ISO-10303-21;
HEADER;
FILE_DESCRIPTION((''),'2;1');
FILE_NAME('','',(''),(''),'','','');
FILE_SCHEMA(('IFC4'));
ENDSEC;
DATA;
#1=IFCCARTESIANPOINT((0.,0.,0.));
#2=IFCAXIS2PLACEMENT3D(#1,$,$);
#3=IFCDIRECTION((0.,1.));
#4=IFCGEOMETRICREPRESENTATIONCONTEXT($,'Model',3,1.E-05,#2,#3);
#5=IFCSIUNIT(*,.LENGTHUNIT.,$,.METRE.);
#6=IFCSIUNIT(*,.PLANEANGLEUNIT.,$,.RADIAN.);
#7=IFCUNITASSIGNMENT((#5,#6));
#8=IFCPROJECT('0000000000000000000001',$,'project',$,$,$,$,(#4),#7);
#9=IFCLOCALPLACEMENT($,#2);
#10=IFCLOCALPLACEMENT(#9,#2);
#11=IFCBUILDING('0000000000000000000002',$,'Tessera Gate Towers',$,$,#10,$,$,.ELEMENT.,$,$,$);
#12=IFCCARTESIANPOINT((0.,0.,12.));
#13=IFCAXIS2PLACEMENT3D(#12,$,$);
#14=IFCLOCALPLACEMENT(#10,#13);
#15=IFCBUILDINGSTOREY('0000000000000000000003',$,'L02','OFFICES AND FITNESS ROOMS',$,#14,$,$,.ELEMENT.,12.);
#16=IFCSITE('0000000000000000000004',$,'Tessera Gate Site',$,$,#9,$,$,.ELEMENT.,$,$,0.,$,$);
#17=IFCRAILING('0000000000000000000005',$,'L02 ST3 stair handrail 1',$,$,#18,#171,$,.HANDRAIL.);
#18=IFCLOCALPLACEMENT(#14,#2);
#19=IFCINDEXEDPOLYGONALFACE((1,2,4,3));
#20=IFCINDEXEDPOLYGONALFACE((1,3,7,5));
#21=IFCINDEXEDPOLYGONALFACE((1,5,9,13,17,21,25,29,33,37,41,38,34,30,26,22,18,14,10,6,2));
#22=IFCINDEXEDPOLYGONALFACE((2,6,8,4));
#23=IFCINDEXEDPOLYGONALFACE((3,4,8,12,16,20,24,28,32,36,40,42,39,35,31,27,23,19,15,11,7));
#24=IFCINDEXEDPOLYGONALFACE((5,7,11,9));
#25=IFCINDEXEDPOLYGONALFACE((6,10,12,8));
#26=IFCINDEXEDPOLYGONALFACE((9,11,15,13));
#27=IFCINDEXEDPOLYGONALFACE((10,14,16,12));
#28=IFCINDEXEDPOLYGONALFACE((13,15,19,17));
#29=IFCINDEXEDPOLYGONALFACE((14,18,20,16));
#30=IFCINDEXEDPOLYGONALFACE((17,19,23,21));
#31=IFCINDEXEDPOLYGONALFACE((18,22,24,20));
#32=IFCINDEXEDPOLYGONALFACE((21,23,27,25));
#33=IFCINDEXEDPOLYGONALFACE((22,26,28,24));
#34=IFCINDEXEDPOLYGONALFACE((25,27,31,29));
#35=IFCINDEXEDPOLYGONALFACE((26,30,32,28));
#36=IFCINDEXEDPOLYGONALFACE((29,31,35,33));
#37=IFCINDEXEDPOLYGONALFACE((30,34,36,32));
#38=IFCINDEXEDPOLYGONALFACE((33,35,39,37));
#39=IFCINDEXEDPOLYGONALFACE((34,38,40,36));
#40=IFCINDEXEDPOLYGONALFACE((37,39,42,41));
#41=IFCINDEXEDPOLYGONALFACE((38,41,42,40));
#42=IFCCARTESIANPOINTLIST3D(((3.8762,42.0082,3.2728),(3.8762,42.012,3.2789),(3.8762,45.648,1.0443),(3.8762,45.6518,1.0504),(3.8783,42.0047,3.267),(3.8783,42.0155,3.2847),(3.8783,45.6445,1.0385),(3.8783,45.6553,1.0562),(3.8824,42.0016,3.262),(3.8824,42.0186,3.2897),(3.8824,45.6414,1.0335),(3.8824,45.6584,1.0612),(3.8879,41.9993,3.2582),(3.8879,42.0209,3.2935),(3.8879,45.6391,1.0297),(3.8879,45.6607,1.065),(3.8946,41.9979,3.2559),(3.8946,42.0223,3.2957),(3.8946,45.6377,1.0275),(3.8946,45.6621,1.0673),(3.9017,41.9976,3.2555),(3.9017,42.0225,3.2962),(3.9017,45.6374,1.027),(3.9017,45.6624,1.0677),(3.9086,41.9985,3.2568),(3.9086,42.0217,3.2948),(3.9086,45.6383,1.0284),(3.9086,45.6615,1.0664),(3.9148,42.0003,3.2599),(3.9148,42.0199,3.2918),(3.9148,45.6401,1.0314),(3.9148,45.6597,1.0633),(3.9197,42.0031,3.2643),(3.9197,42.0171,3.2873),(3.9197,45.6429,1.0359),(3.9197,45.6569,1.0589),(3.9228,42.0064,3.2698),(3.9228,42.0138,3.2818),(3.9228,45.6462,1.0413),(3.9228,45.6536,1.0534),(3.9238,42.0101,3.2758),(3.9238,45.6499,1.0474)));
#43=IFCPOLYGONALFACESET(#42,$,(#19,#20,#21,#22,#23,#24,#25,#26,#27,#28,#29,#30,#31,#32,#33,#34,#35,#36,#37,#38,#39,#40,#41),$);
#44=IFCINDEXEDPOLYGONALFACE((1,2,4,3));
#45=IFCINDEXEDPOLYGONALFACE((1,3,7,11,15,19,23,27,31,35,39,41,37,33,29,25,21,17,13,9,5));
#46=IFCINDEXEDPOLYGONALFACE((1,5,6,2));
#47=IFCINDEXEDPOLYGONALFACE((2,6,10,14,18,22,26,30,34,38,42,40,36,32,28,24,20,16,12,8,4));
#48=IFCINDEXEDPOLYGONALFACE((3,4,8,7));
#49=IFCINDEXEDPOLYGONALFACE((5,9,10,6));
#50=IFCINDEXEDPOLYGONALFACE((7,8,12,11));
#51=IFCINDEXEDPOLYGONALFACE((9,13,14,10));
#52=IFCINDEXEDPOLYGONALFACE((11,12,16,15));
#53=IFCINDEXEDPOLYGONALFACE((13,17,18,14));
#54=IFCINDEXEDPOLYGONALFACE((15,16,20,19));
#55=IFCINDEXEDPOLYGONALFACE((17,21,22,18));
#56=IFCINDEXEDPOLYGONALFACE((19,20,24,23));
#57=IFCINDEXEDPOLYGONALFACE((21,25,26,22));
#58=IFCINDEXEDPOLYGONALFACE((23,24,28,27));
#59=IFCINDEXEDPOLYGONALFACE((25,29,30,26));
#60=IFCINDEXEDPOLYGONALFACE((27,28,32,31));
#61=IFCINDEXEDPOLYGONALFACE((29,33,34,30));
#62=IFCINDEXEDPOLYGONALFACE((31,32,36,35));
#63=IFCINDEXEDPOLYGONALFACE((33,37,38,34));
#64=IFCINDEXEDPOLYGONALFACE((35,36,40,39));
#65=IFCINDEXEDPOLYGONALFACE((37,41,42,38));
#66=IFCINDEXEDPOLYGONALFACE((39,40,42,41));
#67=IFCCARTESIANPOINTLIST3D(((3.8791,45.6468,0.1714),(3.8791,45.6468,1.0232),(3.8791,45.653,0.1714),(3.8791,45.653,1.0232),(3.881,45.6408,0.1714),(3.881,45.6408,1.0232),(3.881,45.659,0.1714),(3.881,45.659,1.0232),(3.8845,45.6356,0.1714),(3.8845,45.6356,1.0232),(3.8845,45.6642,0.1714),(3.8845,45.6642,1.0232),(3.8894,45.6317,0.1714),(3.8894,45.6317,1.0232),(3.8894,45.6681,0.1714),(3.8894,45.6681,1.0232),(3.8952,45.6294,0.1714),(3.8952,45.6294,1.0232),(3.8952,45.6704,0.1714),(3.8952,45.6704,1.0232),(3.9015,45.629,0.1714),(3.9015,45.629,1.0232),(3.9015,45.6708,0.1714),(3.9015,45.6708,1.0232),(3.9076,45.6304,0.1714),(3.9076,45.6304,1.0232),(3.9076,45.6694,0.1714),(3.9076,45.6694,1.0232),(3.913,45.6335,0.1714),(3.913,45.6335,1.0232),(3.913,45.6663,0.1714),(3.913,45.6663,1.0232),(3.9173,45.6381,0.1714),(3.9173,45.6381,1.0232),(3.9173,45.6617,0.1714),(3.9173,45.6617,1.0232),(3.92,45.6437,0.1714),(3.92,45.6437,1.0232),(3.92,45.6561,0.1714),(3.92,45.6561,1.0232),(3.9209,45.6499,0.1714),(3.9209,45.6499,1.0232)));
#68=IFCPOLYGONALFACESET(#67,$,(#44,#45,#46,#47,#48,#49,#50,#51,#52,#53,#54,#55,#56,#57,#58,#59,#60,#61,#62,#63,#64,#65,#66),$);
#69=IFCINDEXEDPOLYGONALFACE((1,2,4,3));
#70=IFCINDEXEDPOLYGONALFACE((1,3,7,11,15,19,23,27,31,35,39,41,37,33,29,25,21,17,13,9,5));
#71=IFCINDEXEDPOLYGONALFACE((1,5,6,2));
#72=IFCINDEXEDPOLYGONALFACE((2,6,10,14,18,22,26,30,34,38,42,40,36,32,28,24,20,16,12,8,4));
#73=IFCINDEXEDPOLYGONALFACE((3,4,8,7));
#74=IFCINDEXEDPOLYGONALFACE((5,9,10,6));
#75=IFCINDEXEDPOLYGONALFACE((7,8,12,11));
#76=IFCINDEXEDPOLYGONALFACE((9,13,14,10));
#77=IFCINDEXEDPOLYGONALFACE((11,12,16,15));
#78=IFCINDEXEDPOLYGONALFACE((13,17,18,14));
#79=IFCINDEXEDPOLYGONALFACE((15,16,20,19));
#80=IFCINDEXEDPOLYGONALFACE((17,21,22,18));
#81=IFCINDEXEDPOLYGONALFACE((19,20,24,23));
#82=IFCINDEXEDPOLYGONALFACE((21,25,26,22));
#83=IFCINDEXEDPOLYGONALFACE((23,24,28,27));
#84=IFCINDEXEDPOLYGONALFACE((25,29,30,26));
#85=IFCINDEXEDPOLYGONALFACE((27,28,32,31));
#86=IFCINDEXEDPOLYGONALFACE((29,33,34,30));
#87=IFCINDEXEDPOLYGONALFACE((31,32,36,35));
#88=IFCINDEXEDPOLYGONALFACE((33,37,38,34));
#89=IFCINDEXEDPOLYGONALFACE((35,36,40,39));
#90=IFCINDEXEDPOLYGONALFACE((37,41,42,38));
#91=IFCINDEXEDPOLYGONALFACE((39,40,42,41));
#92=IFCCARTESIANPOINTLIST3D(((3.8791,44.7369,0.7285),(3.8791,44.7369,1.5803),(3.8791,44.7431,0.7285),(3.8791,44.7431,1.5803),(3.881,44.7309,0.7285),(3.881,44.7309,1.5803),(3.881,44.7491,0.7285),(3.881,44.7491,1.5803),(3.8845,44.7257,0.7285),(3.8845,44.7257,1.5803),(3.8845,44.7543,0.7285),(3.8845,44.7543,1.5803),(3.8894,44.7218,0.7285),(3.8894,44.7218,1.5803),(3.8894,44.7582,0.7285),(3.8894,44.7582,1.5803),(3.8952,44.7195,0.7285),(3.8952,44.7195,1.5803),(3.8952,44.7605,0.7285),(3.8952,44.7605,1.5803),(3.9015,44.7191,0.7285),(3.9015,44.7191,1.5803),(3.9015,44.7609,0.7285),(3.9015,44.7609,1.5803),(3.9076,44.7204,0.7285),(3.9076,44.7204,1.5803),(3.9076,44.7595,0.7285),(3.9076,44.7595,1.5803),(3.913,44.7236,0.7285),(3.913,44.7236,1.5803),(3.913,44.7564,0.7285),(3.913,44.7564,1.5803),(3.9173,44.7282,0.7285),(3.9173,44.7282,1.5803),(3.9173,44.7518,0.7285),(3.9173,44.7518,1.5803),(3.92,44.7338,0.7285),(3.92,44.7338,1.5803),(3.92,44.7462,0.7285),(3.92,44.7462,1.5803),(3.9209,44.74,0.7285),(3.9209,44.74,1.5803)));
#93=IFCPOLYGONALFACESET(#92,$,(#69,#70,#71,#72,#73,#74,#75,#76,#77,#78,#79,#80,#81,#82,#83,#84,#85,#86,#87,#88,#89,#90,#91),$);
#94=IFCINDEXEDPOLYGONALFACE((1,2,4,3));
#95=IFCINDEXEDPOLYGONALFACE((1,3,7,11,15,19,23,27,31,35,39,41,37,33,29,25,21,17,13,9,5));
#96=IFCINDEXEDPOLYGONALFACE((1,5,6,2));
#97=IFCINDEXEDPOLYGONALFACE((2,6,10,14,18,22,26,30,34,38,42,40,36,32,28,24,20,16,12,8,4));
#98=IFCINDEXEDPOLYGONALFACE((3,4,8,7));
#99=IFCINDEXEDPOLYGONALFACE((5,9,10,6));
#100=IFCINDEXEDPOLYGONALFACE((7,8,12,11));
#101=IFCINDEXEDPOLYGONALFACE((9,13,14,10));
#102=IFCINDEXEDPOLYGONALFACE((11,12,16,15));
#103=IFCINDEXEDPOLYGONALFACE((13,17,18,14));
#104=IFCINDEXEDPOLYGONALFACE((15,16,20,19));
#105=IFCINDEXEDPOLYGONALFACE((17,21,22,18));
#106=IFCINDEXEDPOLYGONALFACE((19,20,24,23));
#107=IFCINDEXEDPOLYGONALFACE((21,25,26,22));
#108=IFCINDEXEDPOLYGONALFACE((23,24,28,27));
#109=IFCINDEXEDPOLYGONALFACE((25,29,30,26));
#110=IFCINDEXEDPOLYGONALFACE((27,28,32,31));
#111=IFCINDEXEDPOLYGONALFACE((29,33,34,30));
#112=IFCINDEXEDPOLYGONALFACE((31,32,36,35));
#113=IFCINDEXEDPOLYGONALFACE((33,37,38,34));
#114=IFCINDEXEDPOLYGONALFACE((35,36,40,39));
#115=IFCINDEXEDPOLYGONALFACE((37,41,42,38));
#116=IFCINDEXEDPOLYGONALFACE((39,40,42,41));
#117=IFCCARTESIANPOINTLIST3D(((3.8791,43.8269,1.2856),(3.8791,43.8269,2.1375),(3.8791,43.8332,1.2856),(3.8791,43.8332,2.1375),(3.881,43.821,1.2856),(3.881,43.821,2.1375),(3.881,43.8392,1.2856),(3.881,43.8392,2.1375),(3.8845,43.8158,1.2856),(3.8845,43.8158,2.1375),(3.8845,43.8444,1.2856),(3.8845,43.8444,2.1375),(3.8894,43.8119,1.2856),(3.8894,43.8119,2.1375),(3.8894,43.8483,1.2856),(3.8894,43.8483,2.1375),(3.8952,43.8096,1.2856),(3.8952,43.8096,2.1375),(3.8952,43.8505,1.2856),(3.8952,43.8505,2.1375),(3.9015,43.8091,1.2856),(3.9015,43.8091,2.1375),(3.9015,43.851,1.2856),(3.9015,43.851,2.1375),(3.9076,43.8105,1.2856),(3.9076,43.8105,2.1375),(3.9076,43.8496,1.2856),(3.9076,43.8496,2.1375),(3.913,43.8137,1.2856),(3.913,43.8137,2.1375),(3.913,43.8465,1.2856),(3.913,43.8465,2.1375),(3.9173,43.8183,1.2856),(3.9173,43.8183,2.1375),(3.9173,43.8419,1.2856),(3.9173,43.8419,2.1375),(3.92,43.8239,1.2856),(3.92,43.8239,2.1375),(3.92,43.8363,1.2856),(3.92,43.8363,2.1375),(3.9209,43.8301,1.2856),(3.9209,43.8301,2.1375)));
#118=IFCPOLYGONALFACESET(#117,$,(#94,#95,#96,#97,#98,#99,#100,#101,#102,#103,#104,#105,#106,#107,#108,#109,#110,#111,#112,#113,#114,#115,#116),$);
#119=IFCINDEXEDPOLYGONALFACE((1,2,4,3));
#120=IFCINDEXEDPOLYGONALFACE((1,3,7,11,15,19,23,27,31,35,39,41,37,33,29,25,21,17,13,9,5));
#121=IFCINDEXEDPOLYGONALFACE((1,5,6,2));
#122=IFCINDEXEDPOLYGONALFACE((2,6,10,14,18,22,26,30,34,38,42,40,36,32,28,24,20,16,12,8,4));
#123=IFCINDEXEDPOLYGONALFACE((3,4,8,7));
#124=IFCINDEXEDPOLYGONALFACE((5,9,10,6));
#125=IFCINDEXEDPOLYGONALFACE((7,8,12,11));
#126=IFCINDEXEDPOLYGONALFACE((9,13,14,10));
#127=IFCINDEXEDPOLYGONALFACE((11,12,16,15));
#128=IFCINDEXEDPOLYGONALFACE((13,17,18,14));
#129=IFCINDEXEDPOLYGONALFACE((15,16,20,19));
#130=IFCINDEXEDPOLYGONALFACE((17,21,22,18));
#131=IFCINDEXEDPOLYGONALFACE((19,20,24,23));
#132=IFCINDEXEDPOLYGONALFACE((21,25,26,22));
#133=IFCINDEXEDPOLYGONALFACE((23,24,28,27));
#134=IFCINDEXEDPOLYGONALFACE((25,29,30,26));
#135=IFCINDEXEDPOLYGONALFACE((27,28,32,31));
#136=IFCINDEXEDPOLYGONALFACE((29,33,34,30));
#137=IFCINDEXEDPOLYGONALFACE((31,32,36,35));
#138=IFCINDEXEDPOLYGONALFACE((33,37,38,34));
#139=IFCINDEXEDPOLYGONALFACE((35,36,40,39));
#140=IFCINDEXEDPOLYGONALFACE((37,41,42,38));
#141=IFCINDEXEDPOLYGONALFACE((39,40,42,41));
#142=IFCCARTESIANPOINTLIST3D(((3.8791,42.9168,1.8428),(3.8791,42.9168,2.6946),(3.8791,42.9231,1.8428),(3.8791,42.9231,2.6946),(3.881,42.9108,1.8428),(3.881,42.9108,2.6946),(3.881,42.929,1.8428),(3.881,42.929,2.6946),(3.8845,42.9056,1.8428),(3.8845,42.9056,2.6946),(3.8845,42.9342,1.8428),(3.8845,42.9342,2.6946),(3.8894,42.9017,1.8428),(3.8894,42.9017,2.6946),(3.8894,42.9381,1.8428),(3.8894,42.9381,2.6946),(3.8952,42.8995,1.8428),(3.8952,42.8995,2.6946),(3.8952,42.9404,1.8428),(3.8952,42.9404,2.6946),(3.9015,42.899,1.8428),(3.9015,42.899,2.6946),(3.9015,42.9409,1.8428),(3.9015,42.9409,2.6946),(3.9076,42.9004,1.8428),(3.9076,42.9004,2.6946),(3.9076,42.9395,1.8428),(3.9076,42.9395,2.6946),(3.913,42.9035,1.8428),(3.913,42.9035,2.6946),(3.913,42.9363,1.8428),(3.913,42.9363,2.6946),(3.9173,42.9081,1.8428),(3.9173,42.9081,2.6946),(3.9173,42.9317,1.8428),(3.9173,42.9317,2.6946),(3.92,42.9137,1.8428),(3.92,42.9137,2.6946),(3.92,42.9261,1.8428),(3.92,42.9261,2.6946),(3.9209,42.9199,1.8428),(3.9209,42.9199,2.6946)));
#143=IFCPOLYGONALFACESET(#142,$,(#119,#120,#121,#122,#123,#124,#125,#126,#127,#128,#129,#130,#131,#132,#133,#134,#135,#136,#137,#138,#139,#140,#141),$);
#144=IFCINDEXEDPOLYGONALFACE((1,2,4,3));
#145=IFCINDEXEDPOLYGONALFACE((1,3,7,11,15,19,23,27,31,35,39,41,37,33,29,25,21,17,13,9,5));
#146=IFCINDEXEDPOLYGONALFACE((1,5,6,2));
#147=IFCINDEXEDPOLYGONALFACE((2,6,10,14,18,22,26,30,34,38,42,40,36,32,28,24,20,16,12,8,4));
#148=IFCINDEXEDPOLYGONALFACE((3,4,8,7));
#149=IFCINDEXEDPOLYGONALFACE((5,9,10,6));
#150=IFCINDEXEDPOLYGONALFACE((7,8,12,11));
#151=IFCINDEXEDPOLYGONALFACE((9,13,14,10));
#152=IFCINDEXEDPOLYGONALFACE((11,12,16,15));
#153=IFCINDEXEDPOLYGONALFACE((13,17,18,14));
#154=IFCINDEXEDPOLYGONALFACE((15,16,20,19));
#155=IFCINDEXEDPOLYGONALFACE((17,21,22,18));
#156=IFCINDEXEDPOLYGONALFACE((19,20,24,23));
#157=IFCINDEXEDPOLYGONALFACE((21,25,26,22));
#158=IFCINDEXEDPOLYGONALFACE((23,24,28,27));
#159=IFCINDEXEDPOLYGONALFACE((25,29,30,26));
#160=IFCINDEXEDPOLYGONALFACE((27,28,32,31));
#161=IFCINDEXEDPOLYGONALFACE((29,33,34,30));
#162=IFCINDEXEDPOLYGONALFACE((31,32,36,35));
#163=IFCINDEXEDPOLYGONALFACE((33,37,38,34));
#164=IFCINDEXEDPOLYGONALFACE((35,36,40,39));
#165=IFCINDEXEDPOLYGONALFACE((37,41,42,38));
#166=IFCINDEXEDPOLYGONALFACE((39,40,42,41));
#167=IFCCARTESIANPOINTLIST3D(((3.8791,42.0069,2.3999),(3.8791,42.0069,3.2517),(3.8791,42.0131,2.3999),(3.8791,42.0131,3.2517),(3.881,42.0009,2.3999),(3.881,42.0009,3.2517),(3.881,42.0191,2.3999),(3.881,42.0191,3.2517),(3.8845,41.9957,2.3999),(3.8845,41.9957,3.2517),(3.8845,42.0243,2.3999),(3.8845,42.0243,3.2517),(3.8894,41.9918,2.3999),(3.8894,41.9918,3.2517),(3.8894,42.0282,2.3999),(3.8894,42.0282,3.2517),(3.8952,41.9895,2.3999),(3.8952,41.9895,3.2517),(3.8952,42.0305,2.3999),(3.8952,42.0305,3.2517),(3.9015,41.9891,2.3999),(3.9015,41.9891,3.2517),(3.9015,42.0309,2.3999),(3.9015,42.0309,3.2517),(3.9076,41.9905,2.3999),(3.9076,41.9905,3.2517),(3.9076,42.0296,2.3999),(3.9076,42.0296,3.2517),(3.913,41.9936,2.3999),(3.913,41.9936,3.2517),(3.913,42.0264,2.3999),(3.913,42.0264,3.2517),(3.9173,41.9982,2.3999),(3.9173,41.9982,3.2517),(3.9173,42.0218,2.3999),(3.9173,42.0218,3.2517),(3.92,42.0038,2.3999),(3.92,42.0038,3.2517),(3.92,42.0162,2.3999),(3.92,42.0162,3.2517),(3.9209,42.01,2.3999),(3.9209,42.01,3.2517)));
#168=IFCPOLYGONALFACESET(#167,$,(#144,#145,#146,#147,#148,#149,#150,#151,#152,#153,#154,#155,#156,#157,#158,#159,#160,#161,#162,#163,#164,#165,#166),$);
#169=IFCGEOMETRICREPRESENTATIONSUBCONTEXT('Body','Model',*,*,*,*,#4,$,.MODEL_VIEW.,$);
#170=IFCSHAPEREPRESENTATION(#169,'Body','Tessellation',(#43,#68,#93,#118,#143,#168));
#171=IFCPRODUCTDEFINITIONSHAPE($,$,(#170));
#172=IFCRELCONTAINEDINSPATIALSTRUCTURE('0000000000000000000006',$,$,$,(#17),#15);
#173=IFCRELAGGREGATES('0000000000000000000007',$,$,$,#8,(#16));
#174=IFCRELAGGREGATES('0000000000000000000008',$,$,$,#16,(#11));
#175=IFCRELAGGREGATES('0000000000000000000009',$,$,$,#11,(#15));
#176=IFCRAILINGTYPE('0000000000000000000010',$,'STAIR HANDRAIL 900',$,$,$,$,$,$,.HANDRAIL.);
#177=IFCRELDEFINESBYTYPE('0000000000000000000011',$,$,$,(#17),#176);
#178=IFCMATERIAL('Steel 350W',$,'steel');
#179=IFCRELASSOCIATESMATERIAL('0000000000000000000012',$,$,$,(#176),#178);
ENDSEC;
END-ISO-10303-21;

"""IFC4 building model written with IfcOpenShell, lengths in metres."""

from ifc_helpers import new_model, si_unit, direction, frame, origin, origin_2d, place, context, subcontext, project, spatial, circle, extrude, material, type_object, element, save


model = new_model("IFC4")

# Units and contexts
model_context = context("Model", 3, precision=1e-05, world=origin(), true_north=direction((0.0, 1.0)))
body_context = subcontext(model_context, "Body", "Model", "MODEL_VIEW")
ifc_project = project(units=[si_unit("LENGTHUNIT", "METRE"), si_unit("PLANEANGLEUNIT", "RADIAN")], contexts=[model_context])

# Site, building, storey
site_placement = place(None, origin())
site = spatial("IfcSite", under=ifc_project, at=site_placement, Name="Tessera Gate Site", CompositionType="ELEMENT", RefElevation=0.0)
building_placement = place(site_placement, origin())
building = spatial("IfcBuilding", under=site, at=building_placement, Name="Tessera Gate Towers", CompositionType="ELEMENT")
storey_placement = place(building_placement, frame((0.0, 0.0, 12.0)))
storey = spatial("IfcBuildingStorey", under=building, at=storey_placement, Name="L02", Description="OFFICES AND FITNESS ROOMS", CompositionType="ELEMENT", Elevation=12.0)

# Railing
ifc_material_1 = material(Name="Steel 350W", Category="steel")
railing_type_1 = type_object("IfcRailingType", Name="STAIR HANDRAIL 900", PredefinedType="HANDRAIL", material=ifc_material_1)
railing_1_placement = place(storey_placement, frame((3.8999, 45.6499, 0.1714)))
element("IfcRailing", 1, at=railing_1_placement, inside=storey, type_object=railing_type_1, Name="L02 ST3 stair handrail 1", PredefinedType="HANDRAIL", context=body_context, shape_type="SweptSolid", body=[
    extrude(circle(Radius=0.0239, at=origin_2d()), frame((0.0, 0.0, 0.876), z_axis=(0.0, -0.85285, 0.522156), x_axis=(1.0, 0.0, 0.0)), (0.0, 0.0, 1.0), 4.2678),
    extrude(circle(Radius=0.021, at=origin_2d()), origin(), (0.0, 0.0, 1.0), 0.8518),
    extrude(circle(Radius=0.021, at=origin_2d()), frame((0.0, -0.9099, 0.5571)), (0.0, 0.0, 1.0), 0.8518),
    extrude(circle(Radius=0.021, at=origin_2d()), frame((0.0, -1.8198, 1.1143)), (0.0, 0.0, 1.0), 0.8518),
    extrude(circle(Radius=0.021, at=origin_2d()), frame((0.0, -2.73, 1.6714)), (0.0, 0.0, 1.0), 0.8518),
    extrude(circle(Radius=0.021, at=origin_2d()), frame((0.0, -3.6399, 2.2285)), (0.0, 0.0, 1.0), 0.8518),
])

save(model, "model.ifc")
